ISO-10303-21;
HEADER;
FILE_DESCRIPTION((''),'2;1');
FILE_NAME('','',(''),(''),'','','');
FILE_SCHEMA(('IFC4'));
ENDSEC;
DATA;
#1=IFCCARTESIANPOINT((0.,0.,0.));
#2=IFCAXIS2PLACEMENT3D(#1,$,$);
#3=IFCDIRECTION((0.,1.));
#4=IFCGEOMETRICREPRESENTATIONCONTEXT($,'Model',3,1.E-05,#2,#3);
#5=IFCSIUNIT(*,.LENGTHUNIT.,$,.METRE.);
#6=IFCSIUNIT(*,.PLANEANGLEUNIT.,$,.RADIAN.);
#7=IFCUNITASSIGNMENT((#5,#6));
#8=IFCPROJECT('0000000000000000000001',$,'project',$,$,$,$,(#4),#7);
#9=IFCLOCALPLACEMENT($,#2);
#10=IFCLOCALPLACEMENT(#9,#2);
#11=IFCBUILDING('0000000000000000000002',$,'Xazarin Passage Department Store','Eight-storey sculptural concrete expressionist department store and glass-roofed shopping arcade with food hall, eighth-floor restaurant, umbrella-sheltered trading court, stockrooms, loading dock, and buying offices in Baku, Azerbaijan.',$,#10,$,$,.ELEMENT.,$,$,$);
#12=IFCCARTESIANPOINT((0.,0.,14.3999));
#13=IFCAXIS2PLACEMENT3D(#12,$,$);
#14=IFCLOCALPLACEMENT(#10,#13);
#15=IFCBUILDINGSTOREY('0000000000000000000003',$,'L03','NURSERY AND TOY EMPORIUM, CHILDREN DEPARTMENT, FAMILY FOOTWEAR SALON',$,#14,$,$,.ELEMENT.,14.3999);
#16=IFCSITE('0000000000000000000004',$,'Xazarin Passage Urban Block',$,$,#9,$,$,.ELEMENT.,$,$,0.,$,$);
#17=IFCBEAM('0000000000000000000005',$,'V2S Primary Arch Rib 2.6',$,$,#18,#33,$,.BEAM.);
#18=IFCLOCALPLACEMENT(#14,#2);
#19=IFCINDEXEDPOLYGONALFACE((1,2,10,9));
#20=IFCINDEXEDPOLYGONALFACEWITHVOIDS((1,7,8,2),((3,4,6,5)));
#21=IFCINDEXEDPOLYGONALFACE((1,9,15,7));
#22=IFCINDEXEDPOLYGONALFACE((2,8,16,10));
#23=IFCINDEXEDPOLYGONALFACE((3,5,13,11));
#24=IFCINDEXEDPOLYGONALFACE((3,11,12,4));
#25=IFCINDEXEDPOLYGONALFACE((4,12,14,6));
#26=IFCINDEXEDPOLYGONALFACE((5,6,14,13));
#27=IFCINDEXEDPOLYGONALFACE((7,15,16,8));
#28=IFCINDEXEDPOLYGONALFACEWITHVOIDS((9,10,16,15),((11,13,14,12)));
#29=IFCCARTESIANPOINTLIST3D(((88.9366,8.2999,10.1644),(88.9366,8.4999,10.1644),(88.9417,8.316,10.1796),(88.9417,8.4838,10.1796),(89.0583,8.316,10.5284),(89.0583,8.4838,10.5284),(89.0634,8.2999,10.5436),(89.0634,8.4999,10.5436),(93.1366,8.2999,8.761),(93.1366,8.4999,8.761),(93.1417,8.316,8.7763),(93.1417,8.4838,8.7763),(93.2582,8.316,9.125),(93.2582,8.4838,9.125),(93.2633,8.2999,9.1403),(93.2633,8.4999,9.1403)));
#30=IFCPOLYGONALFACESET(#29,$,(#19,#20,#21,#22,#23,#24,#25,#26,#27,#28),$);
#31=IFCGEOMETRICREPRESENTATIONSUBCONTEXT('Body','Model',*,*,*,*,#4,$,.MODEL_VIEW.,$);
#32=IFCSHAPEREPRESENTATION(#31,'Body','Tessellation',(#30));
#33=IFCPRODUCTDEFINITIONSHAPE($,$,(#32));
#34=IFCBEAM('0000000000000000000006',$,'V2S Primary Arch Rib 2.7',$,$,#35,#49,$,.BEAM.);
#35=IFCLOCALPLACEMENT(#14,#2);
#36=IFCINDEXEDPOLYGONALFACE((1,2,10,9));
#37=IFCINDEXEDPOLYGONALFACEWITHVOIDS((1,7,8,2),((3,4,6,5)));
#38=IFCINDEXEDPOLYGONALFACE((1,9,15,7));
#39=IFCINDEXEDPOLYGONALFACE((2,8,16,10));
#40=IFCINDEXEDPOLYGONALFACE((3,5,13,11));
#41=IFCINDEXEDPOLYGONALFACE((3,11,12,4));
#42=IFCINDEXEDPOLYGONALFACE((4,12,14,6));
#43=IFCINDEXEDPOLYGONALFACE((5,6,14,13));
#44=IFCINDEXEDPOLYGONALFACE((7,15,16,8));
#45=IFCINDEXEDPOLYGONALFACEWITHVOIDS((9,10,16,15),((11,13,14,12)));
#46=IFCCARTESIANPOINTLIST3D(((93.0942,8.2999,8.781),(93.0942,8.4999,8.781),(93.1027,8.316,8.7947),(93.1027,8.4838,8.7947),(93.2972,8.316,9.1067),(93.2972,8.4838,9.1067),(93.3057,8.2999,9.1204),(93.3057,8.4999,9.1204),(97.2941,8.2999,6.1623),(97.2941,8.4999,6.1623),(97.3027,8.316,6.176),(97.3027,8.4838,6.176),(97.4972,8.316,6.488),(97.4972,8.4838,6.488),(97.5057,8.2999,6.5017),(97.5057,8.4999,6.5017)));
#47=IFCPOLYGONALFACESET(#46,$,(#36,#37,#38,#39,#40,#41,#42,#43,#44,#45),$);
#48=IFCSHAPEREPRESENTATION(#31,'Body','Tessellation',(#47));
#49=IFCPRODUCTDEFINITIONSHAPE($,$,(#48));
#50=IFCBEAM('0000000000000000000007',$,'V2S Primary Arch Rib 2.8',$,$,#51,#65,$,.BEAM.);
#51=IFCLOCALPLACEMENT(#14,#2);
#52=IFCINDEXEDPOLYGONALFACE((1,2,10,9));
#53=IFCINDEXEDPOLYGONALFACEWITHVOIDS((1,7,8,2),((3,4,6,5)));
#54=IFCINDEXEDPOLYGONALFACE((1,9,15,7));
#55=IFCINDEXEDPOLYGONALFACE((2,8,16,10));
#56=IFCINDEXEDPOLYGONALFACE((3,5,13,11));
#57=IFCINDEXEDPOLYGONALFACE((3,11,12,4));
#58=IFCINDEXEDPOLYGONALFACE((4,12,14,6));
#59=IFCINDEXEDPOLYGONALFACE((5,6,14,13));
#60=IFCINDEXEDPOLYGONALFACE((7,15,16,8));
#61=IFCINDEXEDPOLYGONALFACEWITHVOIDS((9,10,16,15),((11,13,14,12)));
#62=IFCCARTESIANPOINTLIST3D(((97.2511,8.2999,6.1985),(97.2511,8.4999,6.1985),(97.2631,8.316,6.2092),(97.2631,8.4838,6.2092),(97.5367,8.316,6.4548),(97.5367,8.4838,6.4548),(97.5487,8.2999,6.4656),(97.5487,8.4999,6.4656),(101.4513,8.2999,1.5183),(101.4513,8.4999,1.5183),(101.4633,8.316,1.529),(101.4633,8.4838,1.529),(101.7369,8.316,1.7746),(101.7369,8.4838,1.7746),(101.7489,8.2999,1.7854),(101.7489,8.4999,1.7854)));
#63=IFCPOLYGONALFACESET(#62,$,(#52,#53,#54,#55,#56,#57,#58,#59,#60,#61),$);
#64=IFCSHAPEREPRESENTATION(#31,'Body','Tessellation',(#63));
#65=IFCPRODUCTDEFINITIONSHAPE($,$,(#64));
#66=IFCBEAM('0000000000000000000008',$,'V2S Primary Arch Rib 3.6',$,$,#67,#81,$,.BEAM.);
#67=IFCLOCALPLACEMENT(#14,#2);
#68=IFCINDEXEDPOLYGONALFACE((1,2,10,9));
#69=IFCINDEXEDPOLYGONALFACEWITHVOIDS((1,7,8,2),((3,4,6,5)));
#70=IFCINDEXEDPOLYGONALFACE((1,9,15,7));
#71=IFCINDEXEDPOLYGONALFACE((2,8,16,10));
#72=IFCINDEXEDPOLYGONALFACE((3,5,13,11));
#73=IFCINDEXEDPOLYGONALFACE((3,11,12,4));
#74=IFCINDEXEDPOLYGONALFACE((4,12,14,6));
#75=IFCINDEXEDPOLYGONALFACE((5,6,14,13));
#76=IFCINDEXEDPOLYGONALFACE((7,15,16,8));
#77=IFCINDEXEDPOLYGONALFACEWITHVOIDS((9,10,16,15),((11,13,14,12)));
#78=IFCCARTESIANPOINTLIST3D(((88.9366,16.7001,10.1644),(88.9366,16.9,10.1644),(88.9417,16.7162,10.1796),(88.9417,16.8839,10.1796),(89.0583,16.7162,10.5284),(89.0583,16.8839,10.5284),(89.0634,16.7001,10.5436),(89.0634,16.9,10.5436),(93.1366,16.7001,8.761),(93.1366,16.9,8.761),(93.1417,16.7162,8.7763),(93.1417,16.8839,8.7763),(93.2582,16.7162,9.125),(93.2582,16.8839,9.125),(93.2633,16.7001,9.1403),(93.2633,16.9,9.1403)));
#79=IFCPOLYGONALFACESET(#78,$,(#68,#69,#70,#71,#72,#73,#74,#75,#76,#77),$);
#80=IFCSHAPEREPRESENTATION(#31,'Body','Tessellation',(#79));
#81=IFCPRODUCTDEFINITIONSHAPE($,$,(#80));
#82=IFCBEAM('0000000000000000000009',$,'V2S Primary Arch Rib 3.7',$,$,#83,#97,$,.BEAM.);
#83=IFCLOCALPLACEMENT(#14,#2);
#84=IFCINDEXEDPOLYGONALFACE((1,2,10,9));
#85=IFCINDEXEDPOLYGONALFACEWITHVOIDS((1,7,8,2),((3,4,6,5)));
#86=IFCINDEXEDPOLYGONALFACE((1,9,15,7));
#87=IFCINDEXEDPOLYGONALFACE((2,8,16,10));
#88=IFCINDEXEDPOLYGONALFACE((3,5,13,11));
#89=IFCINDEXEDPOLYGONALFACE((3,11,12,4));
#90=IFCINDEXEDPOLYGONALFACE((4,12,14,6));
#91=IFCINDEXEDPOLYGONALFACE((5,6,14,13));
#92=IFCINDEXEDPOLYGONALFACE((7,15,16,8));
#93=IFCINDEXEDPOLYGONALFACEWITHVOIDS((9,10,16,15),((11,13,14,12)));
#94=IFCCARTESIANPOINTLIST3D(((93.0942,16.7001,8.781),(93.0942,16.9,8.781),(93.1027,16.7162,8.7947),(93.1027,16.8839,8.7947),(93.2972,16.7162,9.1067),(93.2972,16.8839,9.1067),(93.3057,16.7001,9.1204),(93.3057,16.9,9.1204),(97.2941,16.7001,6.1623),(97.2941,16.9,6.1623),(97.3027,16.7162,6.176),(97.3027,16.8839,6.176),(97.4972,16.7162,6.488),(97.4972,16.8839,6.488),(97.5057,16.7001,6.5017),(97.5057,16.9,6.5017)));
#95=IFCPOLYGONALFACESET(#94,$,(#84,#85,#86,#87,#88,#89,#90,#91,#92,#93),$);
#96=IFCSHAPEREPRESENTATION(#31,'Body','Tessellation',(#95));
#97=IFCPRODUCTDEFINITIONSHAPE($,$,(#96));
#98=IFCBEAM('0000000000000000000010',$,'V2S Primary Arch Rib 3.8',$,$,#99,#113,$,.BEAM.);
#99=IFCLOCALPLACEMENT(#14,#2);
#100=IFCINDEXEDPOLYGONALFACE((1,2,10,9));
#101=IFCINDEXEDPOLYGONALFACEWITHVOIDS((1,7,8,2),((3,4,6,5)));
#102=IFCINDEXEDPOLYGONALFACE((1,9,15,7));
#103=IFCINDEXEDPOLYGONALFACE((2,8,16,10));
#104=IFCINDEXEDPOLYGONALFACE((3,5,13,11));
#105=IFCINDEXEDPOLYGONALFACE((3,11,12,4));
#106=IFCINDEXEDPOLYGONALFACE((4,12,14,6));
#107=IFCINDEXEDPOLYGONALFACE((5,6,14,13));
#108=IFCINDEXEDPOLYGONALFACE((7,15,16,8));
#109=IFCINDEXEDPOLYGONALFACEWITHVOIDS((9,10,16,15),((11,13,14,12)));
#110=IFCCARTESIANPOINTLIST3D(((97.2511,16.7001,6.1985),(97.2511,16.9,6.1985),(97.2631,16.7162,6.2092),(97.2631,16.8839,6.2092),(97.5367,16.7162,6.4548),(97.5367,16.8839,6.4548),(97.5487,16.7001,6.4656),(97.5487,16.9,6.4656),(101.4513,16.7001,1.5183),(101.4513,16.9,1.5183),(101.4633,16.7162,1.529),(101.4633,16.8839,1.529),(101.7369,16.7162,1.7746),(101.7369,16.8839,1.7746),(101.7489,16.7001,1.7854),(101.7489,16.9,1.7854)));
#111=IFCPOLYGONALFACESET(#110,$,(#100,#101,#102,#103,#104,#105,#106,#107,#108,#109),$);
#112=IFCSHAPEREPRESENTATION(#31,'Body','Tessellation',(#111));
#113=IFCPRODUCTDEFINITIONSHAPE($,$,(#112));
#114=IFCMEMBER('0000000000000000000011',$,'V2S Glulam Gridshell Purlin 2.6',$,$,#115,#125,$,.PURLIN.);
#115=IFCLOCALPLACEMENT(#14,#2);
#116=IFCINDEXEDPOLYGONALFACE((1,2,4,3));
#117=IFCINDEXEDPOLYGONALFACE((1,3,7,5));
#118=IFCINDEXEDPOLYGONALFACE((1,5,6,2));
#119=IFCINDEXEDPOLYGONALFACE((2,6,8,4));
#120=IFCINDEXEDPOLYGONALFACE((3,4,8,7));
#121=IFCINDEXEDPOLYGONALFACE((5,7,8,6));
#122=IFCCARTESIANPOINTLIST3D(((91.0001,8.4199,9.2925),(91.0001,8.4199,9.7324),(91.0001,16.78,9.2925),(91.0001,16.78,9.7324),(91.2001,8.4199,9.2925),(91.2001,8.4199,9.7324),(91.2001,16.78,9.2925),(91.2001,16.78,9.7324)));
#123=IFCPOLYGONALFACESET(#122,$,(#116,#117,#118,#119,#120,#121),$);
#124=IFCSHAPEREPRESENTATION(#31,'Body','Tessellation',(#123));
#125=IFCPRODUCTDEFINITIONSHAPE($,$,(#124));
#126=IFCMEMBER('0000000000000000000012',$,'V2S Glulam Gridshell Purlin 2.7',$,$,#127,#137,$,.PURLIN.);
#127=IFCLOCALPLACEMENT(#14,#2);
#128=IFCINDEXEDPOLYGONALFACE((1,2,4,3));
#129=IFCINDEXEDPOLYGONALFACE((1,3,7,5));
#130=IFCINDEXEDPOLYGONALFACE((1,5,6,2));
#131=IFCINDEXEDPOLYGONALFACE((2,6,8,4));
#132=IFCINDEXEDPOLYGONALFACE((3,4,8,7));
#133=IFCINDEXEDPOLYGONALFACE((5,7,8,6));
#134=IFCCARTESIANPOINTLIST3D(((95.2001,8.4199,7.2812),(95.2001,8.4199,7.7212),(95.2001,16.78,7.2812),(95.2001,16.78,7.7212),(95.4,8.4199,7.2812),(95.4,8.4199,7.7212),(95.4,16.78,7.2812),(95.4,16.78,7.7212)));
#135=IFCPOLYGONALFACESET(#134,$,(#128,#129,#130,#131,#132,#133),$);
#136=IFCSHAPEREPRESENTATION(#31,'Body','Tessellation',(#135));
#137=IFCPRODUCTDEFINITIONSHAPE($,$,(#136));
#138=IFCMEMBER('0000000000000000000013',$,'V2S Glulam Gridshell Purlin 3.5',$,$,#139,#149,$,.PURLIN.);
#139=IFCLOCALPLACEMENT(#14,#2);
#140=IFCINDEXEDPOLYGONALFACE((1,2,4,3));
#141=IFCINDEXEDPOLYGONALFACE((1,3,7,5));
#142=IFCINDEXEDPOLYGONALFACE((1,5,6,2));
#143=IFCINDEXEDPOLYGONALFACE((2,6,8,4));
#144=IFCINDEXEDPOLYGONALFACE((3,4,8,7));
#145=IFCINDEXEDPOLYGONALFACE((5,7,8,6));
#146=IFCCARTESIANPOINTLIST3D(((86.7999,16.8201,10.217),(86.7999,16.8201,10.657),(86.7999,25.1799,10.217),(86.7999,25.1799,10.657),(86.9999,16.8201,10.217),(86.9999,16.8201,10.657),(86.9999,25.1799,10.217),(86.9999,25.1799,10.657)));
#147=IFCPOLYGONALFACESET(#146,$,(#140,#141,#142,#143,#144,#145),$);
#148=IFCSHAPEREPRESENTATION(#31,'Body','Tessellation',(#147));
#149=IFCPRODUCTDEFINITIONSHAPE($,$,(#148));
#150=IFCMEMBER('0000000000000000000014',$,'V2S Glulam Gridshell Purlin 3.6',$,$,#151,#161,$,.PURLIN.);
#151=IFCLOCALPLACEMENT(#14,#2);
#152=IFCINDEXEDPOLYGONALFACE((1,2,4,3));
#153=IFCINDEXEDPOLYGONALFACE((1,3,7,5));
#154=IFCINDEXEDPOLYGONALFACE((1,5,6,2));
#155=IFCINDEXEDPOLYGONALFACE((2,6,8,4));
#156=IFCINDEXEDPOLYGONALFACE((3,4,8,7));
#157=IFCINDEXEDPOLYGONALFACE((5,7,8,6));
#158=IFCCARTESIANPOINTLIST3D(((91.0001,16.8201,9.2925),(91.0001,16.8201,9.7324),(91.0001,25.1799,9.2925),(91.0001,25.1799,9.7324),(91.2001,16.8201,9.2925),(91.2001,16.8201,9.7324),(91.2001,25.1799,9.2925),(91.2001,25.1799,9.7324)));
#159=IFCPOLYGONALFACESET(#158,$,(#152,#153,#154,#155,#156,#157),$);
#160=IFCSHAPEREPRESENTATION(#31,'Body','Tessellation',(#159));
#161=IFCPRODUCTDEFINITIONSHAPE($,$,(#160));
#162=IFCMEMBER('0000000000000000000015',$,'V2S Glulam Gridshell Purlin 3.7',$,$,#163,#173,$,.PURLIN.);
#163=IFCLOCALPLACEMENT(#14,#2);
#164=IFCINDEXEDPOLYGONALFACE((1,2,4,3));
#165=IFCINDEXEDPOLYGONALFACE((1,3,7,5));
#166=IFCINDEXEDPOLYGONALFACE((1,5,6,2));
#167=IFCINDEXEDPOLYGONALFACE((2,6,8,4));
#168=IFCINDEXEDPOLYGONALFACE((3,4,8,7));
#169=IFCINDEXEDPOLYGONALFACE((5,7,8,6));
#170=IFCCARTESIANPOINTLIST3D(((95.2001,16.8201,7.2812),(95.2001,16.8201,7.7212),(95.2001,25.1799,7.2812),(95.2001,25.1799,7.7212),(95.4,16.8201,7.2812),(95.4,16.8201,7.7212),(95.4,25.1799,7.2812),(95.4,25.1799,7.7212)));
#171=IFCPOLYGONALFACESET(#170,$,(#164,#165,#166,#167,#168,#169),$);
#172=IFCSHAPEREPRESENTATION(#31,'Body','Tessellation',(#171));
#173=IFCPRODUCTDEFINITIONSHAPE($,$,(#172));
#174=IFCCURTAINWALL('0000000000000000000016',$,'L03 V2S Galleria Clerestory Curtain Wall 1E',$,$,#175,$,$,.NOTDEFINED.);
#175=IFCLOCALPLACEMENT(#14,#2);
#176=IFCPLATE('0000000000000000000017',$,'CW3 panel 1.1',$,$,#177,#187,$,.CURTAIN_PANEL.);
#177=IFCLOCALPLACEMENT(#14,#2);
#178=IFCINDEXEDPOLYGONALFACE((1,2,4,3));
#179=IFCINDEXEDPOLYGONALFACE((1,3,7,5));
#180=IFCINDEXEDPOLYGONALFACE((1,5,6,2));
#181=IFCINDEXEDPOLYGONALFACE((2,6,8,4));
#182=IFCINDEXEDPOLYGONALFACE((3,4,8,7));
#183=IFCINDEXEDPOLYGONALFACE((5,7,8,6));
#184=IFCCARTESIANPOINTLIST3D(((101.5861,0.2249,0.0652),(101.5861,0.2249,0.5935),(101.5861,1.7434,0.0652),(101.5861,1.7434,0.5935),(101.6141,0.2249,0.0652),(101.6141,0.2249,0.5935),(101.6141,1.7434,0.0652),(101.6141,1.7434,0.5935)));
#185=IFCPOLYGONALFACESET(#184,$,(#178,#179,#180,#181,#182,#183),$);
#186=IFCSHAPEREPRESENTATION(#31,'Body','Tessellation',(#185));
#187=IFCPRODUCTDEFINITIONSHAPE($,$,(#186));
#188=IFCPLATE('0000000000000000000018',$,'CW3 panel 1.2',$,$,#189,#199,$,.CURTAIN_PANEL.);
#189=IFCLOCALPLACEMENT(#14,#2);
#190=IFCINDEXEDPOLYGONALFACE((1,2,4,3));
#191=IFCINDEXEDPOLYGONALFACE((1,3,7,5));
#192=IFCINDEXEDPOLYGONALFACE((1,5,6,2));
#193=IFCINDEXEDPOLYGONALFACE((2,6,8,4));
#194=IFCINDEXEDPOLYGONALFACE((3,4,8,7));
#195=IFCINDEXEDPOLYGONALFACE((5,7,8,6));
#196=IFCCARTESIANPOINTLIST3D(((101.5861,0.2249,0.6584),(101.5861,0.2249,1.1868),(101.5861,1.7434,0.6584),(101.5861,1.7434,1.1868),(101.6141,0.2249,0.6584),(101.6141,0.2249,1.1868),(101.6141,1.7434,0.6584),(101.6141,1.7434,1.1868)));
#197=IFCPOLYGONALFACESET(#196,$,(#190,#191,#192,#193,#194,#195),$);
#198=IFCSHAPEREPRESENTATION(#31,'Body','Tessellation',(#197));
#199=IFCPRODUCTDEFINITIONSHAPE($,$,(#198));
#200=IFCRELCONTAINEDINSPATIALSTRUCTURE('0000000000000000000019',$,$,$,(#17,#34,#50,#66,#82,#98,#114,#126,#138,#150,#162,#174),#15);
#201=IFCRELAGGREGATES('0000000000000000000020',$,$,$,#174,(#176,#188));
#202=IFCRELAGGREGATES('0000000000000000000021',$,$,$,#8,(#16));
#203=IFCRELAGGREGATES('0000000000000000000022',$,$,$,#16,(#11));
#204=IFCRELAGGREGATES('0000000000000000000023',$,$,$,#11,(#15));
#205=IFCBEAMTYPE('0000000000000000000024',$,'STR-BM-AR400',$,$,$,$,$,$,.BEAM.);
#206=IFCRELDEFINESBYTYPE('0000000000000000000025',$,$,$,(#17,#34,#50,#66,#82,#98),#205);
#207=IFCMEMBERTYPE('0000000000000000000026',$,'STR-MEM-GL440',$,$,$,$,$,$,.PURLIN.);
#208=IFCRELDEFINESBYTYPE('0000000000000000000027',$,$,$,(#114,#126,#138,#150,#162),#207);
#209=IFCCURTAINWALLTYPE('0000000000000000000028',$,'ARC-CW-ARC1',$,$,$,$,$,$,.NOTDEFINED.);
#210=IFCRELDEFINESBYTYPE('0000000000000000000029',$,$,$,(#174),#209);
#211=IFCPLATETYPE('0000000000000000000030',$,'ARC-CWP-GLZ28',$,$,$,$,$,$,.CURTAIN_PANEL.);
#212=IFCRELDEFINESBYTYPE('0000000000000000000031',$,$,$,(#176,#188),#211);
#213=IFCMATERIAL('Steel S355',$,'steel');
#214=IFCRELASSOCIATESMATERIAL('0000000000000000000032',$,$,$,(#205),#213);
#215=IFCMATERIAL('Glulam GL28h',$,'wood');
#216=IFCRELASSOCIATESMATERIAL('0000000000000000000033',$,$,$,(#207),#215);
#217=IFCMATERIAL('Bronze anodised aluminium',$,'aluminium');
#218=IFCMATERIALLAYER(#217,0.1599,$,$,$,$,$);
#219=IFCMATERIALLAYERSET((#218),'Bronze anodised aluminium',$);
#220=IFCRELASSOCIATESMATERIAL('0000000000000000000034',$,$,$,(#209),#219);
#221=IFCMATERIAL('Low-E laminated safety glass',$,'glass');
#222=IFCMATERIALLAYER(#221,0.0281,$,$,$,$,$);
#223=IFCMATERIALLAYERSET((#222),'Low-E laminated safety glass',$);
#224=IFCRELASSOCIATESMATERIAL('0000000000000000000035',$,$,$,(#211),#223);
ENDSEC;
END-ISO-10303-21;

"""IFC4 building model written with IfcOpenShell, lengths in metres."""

from ifc_helpers import new_model, si_unit, direction, frame, origin, origin_2d, place, context, subcontext, project, spatial, rectangle, hollow_rectangle, extrude, material, layer, layer_set, material_profile, profile_set, type_object, element, aggregate, save


model = new_model("IFC4")

# Units and contexts
model_context = context("Model", 3, precision=1e-05, world=origin(), true_north=direction((0.0, 1.0)))
body_context = subcontext(model_context, "Body", "Model", "MODEL_VIEW")
ifc_project = project(units=[si_unit("LENGTHUNIT", "METRE"), si_unit("PLANEANGLEUNIT", "RADIAN")], contexts=[model_context])

# Site, building, storey
site_placement = place(None, origin())
site = spatial("IfcSite", under=ifc_project, at=site_placement, Name="Xazarin Passage Urban Block", CompositionType="ELEMENT", RefElevation=0.0)
building_placement = place(site_placement, origin())
building = spatial("IfcBuilding", under=site, at=building_placement, Name="Xazarin Passage Department Store", Description="Eight-storey sculptural concrete expressionist department store and glass-roofed shopping arcade with food hall, eighth-floor restaurant, umbrella-sheltered trading court, stockrooms, loading dock, and buying offices in Baku, Azerbaijan.", CompositionType="ELEMENT")
storey_placement = place(building_placement, frame((0.0, 0.0, 14.3999)))
storey = spatial("IfcBuildingStorey", under=building, at=storey_placement, Name="L03", Description="NURSERY AND TOY EMPORIUM, CHILDREN DEPARTMENT, FAMILY FOOTWEAR SALON", CompositionType="ELEMENT", Elevation=14.3999)

# Beams
ifc_material_1 = material(Name="Steel S355", Category="steel")
ifc_material_profile_1 = material_profile(ifc_material_1, hollow_rectangle(XDim=0.2, YDim=0.3999, WallThickness=0.0161, at=origin_2d()), Name="RHS 400x200x16")
ifc_profile_set_1 = profile_set([ifc_material_profile_1], Name="Steel S355")
beam_type = type_object("IfcBeamType", Name="STR-BM-AR400", PredefinedType="BEAM", material=ifc_profile_set_1)
beam_1_placement = place(storey_placement, frame((89.0, 8.3999, 10.354), z_axis=(0.948457, 0.0, -0.316906), x_axis=(0.0, 1.0, 0.0)))
element("IfcBeam", 1, at=beam_1_placement, inside=storey, type_object=beam_type, Name="V2S Primary Arch Rib 2.6", PredefinedType="BEAM", context=body_context, shape_type="SweptSolid", body=[
    extrude(hollow_rectangle(XDim=0.2, YDim=0.3999, WallThickness=0.0161, at=origin_2d()), origin(), (0.0, 0.0, 1.0), 4.4282),
])
beam_2_placement = place(storey_placement, frame((93.2, 8.3999, 8.9507), z_axis=(0.848571, 0.0, -0.529081), x_axis=(0.0, 1.0, 0.0)))
element("IfcBeam", 2, at=beam_2_placement, inside=storey, type_object=beam_type, Name="V2S Primary Arch Rib 2.7", PredefinedType="BEAM", context=body_context, shape_type="SweptSolid", body=[
    extrude(hollow_rectangle(XDim=0.2, YDim=0.3999, WallThickness=0.0161, at=origin_2d()), origin(), (0.0, 0.0, 1.0), 4.9495),
])
beam_3_placement = place(storey_placement, frame((97.3999, 8.3999, 6.332), z_axis=(0.667913, 0.0, -0.744239), x_axis=(0.0, 1.0, 0.0)))
element("IfcBeam", 3, at=beam_3_placement, inside=storey, type_object=beam_type, Name="V2S Primary Arch Rib 2.8", PredefinedType="BEAM", context=body_context, shape_type="SweptSolid", body=[
    extrude(hollow_rectangle(XDim=0.2, YDim=0.3999, WallThickness=0.0161, at=origin_2d()), origin(), (0.0, 0.0, 1.0), 6.2886),
])
beam_4_placement = place(storey_placement, frame((89.0, 16.8, 10.354), z_axis=(0.948457, 0.0, -0.316906), x_axis=(0.0, 1.0, 0.0)))
element("IfcBeam", 4, at=beam_4_placement, inside=storey, type_object=beam_type, Name="V2S Primary Arch Rib 3.6", PredefinedType="BEAM", context=body_context, shape_type="SweptSolid", body=[
    extrude(hollow_rectangle(XDim=0.2, YDim=0.3999, WallThickness=0.0161, at=origin_2d()), origin(), (0.0, 0.0, 1.0), 4.4282),
])
beam_5_placement = place(storey_placement, frame((93.2, 16.8, 8.9507), z_axis=(0.848571, 0.0, -0.529081), x_axis=(0.0, 1.0, 0.0)))
element("IfcBeam", 5, at=beam_5_placement, inside=storey, type_object=beam_type, Name="V2S Primary Arch Rib 3.7", PredefinedType="BEAM", context=body_context, shape_type="SweptSolid", body=[
    extrude(hollow_rectangle(XDim=0.2, YDim=0.3999, WallThickness=0.0161, at=origin_2d()), origin(), (0.0, 0.0, 1.0), 4.9495),
])
beam_6_placement = place(storey_placement, frame((97.3999, 16.8, 6.332), z_axis=(0.667913, 0.0, -0.744239), x_axis=(0.0, 1.0, 0.0)))
element("IfcBeam", 6, at=beam_6_placement, inside=storey, type_object=beam_type, Name="V2S Primary Arch Rib 3.8", PredefinedType="BEAM", context=body_context, shape_type="SweptSolid", body=[
    extrude(hollow_rectangle(XDim=0.2, YDim=0.3999, WallThickness=0.0161, at=origin_2d()), origin(), (0.0, 0.0, 1.0), 6.2886),
])

# Members
ifc_material_2 = material(Name="Glulam GL28h", Category="wood")
ifc_material_profile_2 = material_profile(ifc_material_2, rectangle(XDim=0.2, YDim=0.4399, at=origin_2d()), Name="GL28h 200x440")
ifc_profile_set_2 = profile_set([ifc_material_profile_2], Name="Glulam GL28h")
member_type = type_object("IfcMemberType", Name="STR-MEM-GL440", PredefinedType="PURLIN", material=ifc_profile_set_2)
for number, where, z_axis, x_axis, name in (
    (7, (91.1001, 8.4199, 9.5125), (0.0, 1.0, 0.0), (-1.0, 0.0, 0.0), "V2S Glulam Gridshell Purlin 2.6"),
    (8, (95.3, 8.4199, 7.5012), (0.0, 1.0, 0.0), (-1.0, 0.0, 0.0), "V2S Glulam Gridshell Purlin 2.7"),
):
    element("IfcMember", number, at=place(storey_placement, frame(where, z_axis=z_axis, x_axis=x_axis)), inside=storey, type_object=member_type, Name=name, PredefinedType="PURLIN", context=body_context, shape_type="SweptSolid", body=[
        extrude(rectangle(XDim=0.2, YDim=0.4399, at=origin_2d()), origin(), (0.0, 0.0, 1.0), 8.3601),
    ])
for number, where, z_axis, x_axis, name in (
    (9, (86.8999, 16.8201, 10.437), (0.0, 1.0, 0.0), (-1.0, 0.0, 0.0), "V2S Glulam Gridshell Purlin 3.5"),
    (10, (91.1001, 16.8201, 9.5125), (0.0, 1.0, 0.0), (-1.0, 0.0, 0.0), "V2S Glulam Gridshell Purlin 3.6"),
    (11, (95.3, 16.8201, 7.5012), (0.0, 1.0, 0.0), (-1.0, 0.0, 0.0), "V2S Glulam Gridshell Purlin 3.7"),
):
    element("IfcMember", number, at=place(storey_placement, frame(where, z_axis=z_axis, x_axis=x_axis)), inside=storey, type_object=member_type, Name=name, PredefinedType="PURLIN", context=body_context, shape_type="SweptSolid", body=[
        extrude(rectangle(XDim=0.2, YDim=0.4399, at=origin_2d()), origin(), (0.0, 0.0, 1.0), 8.3599),
    ])

# Curtain wall, plates
ifc_material_3 = material(Name="Bronze anodised aluminium", Category="aluminium")
ifc_layer_1 = layer(ifc_material_3, 0.1599)
ifc_layer_set_1 = layer_set([ifc_layer_1], Name="Bronze anodised aluminium")
curtain_wall_type = type_object("IfcCurtainWallType", Name="ARC-CW-ARC1", PredefinedType="NOTDEFINED", material=ifc_layer_set_1)
curtain_wall_placement = place(storey_placement, origin())
curtain_wall = element("IfcCurtainWall", 12, at=curtain_wall_placement, inside=storey, type_object=curtain_wall_type, Name="L03 V2S Galleria Clerestory Curtain Wall 1E", PredefinedType="NOTDEFINED")
ifc_material_4 = material(Name="Low-E laminated safety glass", Category="glass")
ifc_layer_2 = layer(ifc_material_4, 0.0281)
ifc_layer_set_2 = layer_set([ifc_layer_2], Name="Low-E laminated safety glass")
plate_type_1 = type_object("IfcPlateType", Name="ARC-CWP-GLZ28", PredefinedType="CURTAIN_PANEL", material=ifc_layer_set_2)
plate_1_placement = place(storey_placement, frame((101.6001, 0.9841, 0.0652), z_axis=(0.0, 0.0, 1.0), x_axis=(0.0, 1.0, 0.0)))
plate_1 = element("IfcPlate", 13, at=plate_1_placement, type_object=plate_type_1, Name="CW3 panel 1.1", PredefinedType="CURTAIN_PANEL", context=body_context, shape_type="SweptSolid", body=[
    extrude(rectangle(XDim=1.5186, YDim=0.0281, at=origin_2d()), origin(), (0.0, 0.0, 1.0), 0.5283),
])
plate_2_placement = place(storey_placement, frame((101.6001, 0.9841, 0.6584), z_axis=(0.0, 0.0, 1.0), x_axis=(0.0, 1.0, 0.0)))
plate_2 = element("IfcPlate", 14, at=plate_2_placement, type_object=plate_type_1, Name="CW3 panel 1.2", PredefinedType="CURTAIN_PANEL", context=body_context, shape_type="SweptSolid", body=[
    extrude(rectangle(XDim=1.5186, YDim=0.0281, at=origin_2d()), origin(), (0.0, 0.0, 1.0), 0.5283),
])
aggregate(curtain_wall, [plate_1, plate_2])

save(model, "model.ifc")
